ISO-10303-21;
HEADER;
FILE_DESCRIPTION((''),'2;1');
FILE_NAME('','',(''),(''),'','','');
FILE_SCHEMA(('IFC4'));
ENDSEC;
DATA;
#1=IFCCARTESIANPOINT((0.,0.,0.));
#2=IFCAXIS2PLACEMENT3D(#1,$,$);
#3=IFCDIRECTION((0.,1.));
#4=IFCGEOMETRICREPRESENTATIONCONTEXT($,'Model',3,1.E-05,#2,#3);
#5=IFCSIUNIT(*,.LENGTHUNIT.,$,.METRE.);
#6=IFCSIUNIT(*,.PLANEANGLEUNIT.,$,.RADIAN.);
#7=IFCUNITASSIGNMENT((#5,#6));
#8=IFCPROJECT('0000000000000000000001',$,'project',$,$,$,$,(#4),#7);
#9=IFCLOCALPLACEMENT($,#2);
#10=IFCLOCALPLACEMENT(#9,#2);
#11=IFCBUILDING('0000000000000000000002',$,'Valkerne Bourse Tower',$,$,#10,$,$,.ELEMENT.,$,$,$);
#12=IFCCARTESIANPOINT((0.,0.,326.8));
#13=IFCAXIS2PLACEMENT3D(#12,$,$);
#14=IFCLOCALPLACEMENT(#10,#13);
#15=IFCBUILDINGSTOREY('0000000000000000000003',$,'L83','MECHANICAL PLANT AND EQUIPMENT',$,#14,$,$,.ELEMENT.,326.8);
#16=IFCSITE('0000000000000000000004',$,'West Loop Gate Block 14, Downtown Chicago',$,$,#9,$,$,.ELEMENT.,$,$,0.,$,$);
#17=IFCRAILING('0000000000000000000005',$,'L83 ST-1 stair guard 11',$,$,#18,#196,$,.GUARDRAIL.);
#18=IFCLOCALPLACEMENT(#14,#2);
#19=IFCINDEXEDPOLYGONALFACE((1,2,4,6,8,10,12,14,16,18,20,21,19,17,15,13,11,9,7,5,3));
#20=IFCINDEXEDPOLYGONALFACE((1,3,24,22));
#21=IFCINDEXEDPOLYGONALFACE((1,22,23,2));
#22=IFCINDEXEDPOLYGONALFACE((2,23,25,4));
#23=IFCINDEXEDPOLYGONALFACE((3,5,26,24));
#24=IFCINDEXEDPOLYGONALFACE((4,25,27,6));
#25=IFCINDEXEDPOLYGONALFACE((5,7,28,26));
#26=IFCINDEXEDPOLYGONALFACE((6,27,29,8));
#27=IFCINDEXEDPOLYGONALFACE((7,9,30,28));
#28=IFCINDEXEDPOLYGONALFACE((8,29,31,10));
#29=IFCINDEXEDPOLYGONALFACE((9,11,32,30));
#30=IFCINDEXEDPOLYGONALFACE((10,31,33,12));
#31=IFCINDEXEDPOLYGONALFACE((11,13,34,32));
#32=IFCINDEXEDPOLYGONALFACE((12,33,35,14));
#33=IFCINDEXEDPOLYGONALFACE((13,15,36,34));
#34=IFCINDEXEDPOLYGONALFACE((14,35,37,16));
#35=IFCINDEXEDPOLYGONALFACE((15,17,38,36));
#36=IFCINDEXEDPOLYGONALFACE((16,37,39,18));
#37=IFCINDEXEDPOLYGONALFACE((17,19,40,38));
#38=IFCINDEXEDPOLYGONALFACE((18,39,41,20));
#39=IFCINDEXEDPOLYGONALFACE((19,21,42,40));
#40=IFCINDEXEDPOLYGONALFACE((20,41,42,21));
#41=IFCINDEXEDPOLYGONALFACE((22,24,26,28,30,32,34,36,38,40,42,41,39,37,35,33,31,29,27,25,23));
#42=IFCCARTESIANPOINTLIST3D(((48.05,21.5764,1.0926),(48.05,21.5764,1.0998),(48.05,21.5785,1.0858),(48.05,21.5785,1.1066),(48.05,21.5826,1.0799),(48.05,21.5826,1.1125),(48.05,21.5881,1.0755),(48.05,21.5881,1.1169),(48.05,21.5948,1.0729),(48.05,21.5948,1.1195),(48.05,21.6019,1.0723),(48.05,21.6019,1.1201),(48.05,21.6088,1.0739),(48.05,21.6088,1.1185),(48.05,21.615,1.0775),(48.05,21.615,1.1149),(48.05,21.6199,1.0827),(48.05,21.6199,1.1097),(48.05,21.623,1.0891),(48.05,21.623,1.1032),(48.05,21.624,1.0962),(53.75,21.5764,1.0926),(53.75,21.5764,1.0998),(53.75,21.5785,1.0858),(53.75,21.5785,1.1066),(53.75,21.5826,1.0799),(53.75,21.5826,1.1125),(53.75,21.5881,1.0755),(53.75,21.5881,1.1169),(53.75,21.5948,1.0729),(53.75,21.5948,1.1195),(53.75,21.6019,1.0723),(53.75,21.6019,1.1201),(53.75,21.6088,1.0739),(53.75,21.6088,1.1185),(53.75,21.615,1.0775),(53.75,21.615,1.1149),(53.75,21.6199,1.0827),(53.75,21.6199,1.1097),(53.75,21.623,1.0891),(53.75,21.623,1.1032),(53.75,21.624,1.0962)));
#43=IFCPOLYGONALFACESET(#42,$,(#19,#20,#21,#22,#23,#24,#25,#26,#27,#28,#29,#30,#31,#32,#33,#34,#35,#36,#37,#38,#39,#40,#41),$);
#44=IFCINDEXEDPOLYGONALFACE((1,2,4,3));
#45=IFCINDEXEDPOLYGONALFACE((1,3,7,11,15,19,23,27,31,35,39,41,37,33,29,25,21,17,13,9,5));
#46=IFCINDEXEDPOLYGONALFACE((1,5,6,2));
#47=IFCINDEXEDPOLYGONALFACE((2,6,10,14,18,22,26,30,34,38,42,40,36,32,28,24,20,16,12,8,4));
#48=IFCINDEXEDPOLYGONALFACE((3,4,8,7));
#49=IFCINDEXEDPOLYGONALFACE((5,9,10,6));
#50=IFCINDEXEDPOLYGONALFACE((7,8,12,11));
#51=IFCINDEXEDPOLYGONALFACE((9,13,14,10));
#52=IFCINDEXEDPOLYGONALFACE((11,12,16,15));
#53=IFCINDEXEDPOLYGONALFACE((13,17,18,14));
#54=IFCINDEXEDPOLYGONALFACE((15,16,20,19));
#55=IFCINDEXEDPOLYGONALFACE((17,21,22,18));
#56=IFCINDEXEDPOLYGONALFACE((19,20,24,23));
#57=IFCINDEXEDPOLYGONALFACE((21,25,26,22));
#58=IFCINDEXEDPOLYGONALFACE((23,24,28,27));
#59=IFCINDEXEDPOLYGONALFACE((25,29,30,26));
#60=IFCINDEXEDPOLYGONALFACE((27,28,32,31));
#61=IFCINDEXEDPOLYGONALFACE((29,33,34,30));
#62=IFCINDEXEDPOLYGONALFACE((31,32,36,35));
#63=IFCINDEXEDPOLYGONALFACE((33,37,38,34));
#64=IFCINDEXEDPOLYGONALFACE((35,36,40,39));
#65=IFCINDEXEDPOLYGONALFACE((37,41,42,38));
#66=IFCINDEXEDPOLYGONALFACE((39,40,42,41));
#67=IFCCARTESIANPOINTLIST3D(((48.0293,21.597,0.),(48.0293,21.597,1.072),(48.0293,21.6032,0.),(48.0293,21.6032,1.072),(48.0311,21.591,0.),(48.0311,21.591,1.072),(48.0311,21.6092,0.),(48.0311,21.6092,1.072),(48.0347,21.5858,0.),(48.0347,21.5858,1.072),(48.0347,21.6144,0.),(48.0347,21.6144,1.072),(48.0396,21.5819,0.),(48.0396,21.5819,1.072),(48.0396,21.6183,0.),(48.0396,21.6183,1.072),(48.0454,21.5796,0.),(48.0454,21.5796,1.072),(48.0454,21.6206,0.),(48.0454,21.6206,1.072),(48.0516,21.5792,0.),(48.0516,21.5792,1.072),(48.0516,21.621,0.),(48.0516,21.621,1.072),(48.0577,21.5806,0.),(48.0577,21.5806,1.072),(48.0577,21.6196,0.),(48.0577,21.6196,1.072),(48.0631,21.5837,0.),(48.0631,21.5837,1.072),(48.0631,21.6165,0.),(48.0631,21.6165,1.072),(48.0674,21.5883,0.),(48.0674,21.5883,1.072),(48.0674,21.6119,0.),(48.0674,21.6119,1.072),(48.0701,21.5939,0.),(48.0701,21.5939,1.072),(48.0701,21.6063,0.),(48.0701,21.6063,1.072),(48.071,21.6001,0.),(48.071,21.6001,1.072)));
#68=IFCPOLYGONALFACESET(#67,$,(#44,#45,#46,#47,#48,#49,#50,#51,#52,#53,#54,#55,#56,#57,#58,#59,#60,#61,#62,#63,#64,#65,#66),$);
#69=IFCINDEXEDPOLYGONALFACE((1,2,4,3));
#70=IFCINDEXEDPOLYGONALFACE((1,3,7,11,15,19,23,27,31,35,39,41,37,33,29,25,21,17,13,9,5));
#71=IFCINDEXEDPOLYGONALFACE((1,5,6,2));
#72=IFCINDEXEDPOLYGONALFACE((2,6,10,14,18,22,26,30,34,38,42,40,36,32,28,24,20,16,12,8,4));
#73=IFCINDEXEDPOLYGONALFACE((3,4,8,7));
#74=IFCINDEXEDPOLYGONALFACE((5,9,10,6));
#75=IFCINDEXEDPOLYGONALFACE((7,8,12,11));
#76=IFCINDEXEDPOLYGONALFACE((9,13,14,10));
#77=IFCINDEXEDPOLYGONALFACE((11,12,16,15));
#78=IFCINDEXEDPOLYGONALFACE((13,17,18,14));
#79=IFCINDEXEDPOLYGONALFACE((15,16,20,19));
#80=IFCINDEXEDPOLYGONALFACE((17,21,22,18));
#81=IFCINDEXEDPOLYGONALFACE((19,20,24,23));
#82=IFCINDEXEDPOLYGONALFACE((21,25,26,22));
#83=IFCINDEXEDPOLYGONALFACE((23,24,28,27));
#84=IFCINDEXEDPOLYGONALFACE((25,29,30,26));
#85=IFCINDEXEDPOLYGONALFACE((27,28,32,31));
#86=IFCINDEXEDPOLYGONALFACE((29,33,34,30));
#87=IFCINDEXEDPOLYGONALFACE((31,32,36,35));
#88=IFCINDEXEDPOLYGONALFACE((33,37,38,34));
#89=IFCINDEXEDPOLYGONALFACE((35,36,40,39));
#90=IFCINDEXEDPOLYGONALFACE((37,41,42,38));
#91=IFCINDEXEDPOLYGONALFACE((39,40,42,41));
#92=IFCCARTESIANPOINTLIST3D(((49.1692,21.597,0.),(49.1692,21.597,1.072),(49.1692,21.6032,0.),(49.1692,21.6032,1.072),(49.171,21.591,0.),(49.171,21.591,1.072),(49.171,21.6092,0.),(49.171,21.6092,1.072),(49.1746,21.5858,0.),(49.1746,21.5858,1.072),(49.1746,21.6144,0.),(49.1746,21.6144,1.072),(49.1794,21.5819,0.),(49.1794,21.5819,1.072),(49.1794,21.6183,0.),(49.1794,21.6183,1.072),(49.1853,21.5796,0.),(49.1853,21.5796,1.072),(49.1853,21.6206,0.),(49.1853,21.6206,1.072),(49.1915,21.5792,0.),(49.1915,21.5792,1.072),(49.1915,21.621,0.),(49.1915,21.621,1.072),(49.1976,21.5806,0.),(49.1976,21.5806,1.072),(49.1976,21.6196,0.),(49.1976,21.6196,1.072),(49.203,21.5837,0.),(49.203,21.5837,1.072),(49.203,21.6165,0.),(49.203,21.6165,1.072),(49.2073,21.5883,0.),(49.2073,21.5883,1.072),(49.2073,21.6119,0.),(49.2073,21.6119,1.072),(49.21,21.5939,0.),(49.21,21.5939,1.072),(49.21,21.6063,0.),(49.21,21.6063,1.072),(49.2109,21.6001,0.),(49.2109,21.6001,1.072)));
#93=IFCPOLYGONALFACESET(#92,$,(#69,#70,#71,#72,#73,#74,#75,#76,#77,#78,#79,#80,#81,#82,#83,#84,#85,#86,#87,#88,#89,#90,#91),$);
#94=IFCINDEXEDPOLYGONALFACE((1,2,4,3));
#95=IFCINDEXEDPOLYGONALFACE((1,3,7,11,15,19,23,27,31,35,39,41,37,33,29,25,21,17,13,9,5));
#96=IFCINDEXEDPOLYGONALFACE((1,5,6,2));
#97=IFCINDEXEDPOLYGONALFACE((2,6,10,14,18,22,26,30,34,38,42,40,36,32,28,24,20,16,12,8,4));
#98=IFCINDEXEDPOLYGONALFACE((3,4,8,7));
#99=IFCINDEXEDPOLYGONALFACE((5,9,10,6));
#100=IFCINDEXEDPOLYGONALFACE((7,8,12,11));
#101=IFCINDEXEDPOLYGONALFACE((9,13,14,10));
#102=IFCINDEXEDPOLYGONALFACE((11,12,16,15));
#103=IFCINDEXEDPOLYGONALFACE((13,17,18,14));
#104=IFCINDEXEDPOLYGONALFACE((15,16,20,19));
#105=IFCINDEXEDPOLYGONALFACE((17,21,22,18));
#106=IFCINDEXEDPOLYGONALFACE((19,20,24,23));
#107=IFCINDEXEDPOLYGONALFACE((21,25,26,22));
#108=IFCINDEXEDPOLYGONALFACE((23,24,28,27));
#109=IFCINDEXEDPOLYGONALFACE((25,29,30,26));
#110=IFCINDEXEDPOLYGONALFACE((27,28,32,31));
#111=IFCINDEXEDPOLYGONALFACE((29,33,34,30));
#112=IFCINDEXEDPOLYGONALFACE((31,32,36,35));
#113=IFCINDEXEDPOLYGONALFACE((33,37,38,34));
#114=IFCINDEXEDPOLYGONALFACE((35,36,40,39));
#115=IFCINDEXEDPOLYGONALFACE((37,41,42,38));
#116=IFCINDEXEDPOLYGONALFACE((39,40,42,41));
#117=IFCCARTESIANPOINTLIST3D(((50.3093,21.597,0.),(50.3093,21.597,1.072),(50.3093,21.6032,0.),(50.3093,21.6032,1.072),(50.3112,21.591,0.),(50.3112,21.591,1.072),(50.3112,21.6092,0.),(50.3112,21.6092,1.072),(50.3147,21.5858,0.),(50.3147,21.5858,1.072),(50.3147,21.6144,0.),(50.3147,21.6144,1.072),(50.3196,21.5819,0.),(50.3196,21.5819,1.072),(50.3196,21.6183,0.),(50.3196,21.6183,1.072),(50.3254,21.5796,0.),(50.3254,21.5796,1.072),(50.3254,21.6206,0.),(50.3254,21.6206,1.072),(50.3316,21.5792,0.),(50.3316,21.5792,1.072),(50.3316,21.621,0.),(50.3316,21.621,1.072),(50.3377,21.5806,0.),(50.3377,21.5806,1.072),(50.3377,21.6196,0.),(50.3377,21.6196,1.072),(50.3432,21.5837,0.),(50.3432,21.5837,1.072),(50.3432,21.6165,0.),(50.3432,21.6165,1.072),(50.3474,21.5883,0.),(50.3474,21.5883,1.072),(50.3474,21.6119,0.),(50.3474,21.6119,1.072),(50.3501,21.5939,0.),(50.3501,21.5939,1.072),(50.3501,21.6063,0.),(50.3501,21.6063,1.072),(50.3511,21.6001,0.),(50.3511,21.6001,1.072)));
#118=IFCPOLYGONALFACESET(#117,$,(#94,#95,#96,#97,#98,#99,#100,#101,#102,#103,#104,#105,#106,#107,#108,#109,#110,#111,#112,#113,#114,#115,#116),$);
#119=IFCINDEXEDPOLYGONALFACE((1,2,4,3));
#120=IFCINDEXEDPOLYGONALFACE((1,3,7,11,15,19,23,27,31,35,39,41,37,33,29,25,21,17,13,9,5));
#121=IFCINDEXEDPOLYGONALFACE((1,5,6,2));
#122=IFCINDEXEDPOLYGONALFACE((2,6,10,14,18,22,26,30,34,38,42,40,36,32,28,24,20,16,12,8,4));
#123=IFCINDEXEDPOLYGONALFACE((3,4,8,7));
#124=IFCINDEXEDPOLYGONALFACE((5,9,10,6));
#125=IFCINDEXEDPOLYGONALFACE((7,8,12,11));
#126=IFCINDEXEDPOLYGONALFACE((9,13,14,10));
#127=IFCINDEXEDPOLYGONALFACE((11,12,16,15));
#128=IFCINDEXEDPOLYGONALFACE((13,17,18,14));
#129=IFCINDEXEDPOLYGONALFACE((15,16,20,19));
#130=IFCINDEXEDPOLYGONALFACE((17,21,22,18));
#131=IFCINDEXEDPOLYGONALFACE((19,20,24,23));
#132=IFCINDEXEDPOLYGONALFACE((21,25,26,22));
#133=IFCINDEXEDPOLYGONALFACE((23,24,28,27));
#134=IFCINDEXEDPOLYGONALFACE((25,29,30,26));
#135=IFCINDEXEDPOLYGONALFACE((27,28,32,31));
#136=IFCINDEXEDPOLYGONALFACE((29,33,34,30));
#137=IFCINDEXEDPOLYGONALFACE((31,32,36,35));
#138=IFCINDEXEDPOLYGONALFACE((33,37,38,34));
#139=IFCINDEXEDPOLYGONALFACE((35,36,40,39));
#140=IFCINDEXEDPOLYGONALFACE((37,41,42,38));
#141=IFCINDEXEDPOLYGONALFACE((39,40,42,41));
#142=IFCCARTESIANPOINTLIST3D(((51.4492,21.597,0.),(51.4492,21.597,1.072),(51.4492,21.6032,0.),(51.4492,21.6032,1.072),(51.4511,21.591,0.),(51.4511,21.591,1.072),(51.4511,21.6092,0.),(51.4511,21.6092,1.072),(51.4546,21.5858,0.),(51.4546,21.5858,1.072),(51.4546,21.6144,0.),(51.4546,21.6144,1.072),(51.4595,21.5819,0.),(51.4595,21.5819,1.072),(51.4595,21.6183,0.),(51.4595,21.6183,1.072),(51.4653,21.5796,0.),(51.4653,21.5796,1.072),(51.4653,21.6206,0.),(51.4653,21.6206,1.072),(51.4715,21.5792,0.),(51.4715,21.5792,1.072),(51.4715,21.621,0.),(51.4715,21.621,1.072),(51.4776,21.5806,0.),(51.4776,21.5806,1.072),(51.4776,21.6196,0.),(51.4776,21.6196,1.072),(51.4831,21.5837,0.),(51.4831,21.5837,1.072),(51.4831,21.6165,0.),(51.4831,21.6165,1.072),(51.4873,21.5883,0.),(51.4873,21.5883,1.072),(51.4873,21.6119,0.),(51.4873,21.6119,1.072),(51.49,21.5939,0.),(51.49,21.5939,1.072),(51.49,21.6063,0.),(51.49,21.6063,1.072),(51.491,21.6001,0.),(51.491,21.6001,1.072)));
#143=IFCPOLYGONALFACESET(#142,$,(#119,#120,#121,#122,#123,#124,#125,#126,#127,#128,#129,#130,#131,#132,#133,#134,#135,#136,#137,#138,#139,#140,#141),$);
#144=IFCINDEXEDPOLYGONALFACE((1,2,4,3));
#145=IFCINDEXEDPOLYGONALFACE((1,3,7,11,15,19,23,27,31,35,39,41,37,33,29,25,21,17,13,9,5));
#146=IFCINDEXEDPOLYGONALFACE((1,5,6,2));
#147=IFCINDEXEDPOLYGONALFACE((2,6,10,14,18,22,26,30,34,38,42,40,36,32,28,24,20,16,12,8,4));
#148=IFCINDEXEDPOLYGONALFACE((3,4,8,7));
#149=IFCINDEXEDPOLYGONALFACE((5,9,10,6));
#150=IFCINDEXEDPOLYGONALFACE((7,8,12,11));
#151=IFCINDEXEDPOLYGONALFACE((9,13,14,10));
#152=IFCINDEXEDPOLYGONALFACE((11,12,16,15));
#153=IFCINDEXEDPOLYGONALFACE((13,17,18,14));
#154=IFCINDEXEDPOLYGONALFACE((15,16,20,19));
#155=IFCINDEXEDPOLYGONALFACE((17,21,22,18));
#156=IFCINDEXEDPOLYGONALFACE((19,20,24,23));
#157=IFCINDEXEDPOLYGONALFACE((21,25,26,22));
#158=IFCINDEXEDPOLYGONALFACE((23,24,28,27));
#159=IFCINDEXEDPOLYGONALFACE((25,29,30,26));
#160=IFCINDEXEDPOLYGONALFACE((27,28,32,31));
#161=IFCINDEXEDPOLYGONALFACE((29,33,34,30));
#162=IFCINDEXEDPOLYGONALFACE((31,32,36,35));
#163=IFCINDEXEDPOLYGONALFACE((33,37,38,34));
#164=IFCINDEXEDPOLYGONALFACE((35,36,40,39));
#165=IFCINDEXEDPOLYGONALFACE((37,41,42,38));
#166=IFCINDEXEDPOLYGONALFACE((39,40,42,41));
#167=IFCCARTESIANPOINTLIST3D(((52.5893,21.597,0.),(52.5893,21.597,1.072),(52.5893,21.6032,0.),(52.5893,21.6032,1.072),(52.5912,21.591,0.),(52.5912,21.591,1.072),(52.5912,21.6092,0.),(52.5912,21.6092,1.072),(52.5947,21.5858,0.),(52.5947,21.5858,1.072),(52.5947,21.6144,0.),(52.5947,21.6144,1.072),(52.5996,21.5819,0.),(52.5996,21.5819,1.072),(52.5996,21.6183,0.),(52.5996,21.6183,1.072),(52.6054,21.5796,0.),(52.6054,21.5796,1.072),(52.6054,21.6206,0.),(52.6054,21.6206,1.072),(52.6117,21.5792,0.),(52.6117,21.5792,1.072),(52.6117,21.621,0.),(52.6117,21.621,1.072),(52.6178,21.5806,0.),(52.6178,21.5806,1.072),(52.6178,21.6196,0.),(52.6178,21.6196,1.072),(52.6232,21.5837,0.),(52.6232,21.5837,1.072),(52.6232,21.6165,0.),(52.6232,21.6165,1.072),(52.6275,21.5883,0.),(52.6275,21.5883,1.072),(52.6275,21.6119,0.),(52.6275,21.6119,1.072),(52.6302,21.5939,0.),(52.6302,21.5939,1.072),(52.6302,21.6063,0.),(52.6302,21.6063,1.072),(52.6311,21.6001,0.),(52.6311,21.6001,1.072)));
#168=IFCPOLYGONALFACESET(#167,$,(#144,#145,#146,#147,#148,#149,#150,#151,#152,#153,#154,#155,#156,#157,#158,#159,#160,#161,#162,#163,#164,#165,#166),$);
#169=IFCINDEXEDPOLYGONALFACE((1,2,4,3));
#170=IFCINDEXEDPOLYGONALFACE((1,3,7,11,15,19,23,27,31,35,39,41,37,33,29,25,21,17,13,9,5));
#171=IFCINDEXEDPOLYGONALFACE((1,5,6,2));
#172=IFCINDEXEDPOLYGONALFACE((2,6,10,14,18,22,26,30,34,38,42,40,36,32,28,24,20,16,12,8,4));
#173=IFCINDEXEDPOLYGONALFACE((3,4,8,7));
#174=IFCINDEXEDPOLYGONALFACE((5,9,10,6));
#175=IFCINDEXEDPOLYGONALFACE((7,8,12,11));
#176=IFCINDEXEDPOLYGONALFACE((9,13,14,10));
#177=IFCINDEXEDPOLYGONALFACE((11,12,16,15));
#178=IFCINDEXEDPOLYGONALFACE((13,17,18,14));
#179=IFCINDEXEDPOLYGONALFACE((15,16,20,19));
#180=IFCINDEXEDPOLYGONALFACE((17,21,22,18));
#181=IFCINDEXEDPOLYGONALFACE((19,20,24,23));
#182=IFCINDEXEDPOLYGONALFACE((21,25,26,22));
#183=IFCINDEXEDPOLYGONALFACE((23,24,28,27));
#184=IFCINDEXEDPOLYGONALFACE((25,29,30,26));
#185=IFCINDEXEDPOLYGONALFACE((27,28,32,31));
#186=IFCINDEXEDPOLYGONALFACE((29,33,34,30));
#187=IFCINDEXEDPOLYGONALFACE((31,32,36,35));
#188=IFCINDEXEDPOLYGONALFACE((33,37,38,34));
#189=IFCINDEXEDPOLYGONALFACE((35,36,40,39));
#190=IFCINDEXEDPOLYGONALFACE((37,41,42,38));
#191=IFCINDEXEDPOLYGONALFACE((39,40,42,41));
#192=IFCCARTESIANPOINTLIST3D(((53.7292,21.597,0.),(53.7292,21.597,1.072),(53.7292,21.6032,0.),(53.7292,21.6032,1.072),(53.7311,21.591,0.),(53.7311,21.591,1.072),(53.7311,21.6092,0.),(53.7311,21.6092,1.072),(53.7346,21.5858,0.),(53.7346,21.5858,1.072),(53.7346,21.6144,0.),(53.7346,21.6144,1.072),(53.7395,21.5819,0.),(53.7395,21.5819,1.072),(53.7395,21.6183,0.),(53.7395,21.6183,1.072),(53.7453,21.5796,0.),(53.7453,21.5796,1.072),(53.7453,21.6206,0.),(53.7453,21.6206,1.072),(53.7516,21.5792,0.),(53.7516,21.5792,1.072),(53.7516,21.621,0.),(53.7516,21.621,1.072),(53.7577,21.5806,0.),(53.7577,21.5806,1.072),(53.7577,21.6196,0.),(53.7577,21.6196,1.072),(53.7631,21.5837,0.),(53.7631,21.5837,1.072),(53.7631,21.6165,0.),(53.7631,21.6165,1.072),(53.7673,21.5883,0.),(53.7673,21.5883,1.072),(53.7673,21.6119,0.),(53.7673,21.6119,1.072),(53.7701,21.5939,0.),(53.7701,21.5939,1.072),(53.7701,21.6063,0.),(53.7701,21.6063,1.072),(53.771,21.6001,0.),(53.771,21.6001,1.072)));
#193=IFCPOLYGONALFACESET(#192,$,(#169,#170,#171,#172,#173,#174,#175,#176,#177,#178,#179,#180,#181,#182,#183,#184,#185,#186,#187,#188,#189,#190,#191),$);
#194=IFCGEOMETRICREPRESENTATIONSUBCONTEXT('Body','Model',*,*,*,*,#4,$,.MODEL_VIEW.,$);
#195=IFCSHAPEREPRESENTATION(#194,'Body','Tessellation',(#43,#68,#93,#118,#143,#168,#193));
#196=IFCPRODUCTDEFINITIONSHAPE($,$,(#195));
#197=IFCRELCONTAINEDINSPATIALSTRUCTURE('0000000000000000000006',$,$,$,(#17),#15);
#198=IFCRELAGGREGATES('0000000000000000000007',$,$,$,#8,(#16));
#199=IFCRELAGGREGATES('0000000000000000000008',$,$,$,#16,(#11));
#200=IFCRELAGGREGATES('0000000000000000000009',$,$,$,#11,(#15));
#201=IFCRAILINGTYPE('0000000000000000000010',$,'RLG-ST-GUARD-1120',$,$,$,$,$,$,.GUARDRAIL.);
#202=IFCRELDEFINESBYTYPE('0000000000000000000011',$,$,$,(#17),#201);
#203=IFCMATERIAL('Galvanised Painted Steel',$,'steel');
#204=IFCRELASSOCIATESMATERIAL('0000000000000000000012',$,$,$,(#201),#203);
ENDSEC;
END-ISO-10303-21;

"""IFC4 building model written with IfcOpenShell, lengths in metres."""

from ifc_helpers import new_model, si_unit, direction, frame, origin, origin_2d, place, context, subcontext, project, spatial, circle, extrude, material, type_object, element, save


model = new_model("IFC4")

# Units and contexts
model_context = context("Model", 3, precision=1e-05, world=origin(), true_north=direction((0.0, 1.0)))
body_context = subcontext(model_context, "Body", "Model", "MODEL_VIEW")
ifc_project = project(units=[si_unit("LENGTHUNIT", "METRE"), si_unit("PLANEANGLEUNIT", "RADIAN")], contexts=[model_context])

# Site, building, storey
site_placement = place(None, origin())
site = spatial("IfcSite", under=ifc_project, at=site_placement, Name="West Loop Gate Block 14, Downtown Chicago", CompositionType="ELEMENT", RefElevation=0.0)
building_placement = place(site_placement, origin())
building = spatial("IfcBuilding", under=site, at=building_placement, Name="Valkerne Bourse Tower", CompositionType="ELEMENT")
storey_placement = place(building_placement, frame((0.0, 0.0, 326.8)))
storey = spatial("IfcBuildingStorey", under=building, at=storey_placement, Name="L83", Description="MECHANICAL PLANT AND EQUIPMENT", CompositionType="ELEMENT", Elevation=326.8)

# Railing
ifc_material_1 = material(Name="Galvanised Painted Steel", Category="steel")
railing_type = type_object("IfcRailingType", Name="RLG-ST-GUARD-1120", PredefinedType="GUARDRAIL", material=ifc_material_1)
for number, where, name in (
    (1, (48.05, 21.6001, 0.0), "L83 ST-1 stair guard 11"),
):
    element("IfcRailing", number, at=place(storey_placement, frame(where)), inside=storey, type_object=railing_type, Name=name, PredefinedType="GUARDRAIL", context=body_context, shape_type="SweptSolid", body=[
        extrude(circle(Radius=0.0239, at=origin_2d()), frame((0.0, 0.0, 1.0962), z_axis=(1.0, 0.0, 0.0), x_axis=(0.0, 1.0, 0.0)), (0.0, 0.0, 1.0), 5.7),
        extrude(circle(Radius=0.021, at=origin_2d()), origin(), (0.0, 0.0, 1.0), 1.072),
        extrude(circle(Radius=0.021, at=origin_2d()), frame((1.1399, 0.0, 0.0)), (0.0, 0.0, 1.0), 1.072),
        extrude(circle(Radius=0.021, at=origin_2d()), frame((2.28, 0.0, 0.0)), (0.0, 0.0, 1.0), 1.072),
        extrude(circle(Radius=0.021, at=origin_2d()), frame((3.4199, 0.0, 0.0)), (0.0, 0.0, 1.0), 1.072),
        extrude(circle(Radius=0.021, at=origin_2d()), frame((4.5601, 0.0, 0.0)), (0.0, 0.0, 1.0), 1.072),
        extrude(circle(Radius=0.021, at=origin_2d()), frame((5.7, 0.0, 0.0)), (0.0, 0.0, 1.0), 1.072),
    ])

save(model, "model.ifc")
